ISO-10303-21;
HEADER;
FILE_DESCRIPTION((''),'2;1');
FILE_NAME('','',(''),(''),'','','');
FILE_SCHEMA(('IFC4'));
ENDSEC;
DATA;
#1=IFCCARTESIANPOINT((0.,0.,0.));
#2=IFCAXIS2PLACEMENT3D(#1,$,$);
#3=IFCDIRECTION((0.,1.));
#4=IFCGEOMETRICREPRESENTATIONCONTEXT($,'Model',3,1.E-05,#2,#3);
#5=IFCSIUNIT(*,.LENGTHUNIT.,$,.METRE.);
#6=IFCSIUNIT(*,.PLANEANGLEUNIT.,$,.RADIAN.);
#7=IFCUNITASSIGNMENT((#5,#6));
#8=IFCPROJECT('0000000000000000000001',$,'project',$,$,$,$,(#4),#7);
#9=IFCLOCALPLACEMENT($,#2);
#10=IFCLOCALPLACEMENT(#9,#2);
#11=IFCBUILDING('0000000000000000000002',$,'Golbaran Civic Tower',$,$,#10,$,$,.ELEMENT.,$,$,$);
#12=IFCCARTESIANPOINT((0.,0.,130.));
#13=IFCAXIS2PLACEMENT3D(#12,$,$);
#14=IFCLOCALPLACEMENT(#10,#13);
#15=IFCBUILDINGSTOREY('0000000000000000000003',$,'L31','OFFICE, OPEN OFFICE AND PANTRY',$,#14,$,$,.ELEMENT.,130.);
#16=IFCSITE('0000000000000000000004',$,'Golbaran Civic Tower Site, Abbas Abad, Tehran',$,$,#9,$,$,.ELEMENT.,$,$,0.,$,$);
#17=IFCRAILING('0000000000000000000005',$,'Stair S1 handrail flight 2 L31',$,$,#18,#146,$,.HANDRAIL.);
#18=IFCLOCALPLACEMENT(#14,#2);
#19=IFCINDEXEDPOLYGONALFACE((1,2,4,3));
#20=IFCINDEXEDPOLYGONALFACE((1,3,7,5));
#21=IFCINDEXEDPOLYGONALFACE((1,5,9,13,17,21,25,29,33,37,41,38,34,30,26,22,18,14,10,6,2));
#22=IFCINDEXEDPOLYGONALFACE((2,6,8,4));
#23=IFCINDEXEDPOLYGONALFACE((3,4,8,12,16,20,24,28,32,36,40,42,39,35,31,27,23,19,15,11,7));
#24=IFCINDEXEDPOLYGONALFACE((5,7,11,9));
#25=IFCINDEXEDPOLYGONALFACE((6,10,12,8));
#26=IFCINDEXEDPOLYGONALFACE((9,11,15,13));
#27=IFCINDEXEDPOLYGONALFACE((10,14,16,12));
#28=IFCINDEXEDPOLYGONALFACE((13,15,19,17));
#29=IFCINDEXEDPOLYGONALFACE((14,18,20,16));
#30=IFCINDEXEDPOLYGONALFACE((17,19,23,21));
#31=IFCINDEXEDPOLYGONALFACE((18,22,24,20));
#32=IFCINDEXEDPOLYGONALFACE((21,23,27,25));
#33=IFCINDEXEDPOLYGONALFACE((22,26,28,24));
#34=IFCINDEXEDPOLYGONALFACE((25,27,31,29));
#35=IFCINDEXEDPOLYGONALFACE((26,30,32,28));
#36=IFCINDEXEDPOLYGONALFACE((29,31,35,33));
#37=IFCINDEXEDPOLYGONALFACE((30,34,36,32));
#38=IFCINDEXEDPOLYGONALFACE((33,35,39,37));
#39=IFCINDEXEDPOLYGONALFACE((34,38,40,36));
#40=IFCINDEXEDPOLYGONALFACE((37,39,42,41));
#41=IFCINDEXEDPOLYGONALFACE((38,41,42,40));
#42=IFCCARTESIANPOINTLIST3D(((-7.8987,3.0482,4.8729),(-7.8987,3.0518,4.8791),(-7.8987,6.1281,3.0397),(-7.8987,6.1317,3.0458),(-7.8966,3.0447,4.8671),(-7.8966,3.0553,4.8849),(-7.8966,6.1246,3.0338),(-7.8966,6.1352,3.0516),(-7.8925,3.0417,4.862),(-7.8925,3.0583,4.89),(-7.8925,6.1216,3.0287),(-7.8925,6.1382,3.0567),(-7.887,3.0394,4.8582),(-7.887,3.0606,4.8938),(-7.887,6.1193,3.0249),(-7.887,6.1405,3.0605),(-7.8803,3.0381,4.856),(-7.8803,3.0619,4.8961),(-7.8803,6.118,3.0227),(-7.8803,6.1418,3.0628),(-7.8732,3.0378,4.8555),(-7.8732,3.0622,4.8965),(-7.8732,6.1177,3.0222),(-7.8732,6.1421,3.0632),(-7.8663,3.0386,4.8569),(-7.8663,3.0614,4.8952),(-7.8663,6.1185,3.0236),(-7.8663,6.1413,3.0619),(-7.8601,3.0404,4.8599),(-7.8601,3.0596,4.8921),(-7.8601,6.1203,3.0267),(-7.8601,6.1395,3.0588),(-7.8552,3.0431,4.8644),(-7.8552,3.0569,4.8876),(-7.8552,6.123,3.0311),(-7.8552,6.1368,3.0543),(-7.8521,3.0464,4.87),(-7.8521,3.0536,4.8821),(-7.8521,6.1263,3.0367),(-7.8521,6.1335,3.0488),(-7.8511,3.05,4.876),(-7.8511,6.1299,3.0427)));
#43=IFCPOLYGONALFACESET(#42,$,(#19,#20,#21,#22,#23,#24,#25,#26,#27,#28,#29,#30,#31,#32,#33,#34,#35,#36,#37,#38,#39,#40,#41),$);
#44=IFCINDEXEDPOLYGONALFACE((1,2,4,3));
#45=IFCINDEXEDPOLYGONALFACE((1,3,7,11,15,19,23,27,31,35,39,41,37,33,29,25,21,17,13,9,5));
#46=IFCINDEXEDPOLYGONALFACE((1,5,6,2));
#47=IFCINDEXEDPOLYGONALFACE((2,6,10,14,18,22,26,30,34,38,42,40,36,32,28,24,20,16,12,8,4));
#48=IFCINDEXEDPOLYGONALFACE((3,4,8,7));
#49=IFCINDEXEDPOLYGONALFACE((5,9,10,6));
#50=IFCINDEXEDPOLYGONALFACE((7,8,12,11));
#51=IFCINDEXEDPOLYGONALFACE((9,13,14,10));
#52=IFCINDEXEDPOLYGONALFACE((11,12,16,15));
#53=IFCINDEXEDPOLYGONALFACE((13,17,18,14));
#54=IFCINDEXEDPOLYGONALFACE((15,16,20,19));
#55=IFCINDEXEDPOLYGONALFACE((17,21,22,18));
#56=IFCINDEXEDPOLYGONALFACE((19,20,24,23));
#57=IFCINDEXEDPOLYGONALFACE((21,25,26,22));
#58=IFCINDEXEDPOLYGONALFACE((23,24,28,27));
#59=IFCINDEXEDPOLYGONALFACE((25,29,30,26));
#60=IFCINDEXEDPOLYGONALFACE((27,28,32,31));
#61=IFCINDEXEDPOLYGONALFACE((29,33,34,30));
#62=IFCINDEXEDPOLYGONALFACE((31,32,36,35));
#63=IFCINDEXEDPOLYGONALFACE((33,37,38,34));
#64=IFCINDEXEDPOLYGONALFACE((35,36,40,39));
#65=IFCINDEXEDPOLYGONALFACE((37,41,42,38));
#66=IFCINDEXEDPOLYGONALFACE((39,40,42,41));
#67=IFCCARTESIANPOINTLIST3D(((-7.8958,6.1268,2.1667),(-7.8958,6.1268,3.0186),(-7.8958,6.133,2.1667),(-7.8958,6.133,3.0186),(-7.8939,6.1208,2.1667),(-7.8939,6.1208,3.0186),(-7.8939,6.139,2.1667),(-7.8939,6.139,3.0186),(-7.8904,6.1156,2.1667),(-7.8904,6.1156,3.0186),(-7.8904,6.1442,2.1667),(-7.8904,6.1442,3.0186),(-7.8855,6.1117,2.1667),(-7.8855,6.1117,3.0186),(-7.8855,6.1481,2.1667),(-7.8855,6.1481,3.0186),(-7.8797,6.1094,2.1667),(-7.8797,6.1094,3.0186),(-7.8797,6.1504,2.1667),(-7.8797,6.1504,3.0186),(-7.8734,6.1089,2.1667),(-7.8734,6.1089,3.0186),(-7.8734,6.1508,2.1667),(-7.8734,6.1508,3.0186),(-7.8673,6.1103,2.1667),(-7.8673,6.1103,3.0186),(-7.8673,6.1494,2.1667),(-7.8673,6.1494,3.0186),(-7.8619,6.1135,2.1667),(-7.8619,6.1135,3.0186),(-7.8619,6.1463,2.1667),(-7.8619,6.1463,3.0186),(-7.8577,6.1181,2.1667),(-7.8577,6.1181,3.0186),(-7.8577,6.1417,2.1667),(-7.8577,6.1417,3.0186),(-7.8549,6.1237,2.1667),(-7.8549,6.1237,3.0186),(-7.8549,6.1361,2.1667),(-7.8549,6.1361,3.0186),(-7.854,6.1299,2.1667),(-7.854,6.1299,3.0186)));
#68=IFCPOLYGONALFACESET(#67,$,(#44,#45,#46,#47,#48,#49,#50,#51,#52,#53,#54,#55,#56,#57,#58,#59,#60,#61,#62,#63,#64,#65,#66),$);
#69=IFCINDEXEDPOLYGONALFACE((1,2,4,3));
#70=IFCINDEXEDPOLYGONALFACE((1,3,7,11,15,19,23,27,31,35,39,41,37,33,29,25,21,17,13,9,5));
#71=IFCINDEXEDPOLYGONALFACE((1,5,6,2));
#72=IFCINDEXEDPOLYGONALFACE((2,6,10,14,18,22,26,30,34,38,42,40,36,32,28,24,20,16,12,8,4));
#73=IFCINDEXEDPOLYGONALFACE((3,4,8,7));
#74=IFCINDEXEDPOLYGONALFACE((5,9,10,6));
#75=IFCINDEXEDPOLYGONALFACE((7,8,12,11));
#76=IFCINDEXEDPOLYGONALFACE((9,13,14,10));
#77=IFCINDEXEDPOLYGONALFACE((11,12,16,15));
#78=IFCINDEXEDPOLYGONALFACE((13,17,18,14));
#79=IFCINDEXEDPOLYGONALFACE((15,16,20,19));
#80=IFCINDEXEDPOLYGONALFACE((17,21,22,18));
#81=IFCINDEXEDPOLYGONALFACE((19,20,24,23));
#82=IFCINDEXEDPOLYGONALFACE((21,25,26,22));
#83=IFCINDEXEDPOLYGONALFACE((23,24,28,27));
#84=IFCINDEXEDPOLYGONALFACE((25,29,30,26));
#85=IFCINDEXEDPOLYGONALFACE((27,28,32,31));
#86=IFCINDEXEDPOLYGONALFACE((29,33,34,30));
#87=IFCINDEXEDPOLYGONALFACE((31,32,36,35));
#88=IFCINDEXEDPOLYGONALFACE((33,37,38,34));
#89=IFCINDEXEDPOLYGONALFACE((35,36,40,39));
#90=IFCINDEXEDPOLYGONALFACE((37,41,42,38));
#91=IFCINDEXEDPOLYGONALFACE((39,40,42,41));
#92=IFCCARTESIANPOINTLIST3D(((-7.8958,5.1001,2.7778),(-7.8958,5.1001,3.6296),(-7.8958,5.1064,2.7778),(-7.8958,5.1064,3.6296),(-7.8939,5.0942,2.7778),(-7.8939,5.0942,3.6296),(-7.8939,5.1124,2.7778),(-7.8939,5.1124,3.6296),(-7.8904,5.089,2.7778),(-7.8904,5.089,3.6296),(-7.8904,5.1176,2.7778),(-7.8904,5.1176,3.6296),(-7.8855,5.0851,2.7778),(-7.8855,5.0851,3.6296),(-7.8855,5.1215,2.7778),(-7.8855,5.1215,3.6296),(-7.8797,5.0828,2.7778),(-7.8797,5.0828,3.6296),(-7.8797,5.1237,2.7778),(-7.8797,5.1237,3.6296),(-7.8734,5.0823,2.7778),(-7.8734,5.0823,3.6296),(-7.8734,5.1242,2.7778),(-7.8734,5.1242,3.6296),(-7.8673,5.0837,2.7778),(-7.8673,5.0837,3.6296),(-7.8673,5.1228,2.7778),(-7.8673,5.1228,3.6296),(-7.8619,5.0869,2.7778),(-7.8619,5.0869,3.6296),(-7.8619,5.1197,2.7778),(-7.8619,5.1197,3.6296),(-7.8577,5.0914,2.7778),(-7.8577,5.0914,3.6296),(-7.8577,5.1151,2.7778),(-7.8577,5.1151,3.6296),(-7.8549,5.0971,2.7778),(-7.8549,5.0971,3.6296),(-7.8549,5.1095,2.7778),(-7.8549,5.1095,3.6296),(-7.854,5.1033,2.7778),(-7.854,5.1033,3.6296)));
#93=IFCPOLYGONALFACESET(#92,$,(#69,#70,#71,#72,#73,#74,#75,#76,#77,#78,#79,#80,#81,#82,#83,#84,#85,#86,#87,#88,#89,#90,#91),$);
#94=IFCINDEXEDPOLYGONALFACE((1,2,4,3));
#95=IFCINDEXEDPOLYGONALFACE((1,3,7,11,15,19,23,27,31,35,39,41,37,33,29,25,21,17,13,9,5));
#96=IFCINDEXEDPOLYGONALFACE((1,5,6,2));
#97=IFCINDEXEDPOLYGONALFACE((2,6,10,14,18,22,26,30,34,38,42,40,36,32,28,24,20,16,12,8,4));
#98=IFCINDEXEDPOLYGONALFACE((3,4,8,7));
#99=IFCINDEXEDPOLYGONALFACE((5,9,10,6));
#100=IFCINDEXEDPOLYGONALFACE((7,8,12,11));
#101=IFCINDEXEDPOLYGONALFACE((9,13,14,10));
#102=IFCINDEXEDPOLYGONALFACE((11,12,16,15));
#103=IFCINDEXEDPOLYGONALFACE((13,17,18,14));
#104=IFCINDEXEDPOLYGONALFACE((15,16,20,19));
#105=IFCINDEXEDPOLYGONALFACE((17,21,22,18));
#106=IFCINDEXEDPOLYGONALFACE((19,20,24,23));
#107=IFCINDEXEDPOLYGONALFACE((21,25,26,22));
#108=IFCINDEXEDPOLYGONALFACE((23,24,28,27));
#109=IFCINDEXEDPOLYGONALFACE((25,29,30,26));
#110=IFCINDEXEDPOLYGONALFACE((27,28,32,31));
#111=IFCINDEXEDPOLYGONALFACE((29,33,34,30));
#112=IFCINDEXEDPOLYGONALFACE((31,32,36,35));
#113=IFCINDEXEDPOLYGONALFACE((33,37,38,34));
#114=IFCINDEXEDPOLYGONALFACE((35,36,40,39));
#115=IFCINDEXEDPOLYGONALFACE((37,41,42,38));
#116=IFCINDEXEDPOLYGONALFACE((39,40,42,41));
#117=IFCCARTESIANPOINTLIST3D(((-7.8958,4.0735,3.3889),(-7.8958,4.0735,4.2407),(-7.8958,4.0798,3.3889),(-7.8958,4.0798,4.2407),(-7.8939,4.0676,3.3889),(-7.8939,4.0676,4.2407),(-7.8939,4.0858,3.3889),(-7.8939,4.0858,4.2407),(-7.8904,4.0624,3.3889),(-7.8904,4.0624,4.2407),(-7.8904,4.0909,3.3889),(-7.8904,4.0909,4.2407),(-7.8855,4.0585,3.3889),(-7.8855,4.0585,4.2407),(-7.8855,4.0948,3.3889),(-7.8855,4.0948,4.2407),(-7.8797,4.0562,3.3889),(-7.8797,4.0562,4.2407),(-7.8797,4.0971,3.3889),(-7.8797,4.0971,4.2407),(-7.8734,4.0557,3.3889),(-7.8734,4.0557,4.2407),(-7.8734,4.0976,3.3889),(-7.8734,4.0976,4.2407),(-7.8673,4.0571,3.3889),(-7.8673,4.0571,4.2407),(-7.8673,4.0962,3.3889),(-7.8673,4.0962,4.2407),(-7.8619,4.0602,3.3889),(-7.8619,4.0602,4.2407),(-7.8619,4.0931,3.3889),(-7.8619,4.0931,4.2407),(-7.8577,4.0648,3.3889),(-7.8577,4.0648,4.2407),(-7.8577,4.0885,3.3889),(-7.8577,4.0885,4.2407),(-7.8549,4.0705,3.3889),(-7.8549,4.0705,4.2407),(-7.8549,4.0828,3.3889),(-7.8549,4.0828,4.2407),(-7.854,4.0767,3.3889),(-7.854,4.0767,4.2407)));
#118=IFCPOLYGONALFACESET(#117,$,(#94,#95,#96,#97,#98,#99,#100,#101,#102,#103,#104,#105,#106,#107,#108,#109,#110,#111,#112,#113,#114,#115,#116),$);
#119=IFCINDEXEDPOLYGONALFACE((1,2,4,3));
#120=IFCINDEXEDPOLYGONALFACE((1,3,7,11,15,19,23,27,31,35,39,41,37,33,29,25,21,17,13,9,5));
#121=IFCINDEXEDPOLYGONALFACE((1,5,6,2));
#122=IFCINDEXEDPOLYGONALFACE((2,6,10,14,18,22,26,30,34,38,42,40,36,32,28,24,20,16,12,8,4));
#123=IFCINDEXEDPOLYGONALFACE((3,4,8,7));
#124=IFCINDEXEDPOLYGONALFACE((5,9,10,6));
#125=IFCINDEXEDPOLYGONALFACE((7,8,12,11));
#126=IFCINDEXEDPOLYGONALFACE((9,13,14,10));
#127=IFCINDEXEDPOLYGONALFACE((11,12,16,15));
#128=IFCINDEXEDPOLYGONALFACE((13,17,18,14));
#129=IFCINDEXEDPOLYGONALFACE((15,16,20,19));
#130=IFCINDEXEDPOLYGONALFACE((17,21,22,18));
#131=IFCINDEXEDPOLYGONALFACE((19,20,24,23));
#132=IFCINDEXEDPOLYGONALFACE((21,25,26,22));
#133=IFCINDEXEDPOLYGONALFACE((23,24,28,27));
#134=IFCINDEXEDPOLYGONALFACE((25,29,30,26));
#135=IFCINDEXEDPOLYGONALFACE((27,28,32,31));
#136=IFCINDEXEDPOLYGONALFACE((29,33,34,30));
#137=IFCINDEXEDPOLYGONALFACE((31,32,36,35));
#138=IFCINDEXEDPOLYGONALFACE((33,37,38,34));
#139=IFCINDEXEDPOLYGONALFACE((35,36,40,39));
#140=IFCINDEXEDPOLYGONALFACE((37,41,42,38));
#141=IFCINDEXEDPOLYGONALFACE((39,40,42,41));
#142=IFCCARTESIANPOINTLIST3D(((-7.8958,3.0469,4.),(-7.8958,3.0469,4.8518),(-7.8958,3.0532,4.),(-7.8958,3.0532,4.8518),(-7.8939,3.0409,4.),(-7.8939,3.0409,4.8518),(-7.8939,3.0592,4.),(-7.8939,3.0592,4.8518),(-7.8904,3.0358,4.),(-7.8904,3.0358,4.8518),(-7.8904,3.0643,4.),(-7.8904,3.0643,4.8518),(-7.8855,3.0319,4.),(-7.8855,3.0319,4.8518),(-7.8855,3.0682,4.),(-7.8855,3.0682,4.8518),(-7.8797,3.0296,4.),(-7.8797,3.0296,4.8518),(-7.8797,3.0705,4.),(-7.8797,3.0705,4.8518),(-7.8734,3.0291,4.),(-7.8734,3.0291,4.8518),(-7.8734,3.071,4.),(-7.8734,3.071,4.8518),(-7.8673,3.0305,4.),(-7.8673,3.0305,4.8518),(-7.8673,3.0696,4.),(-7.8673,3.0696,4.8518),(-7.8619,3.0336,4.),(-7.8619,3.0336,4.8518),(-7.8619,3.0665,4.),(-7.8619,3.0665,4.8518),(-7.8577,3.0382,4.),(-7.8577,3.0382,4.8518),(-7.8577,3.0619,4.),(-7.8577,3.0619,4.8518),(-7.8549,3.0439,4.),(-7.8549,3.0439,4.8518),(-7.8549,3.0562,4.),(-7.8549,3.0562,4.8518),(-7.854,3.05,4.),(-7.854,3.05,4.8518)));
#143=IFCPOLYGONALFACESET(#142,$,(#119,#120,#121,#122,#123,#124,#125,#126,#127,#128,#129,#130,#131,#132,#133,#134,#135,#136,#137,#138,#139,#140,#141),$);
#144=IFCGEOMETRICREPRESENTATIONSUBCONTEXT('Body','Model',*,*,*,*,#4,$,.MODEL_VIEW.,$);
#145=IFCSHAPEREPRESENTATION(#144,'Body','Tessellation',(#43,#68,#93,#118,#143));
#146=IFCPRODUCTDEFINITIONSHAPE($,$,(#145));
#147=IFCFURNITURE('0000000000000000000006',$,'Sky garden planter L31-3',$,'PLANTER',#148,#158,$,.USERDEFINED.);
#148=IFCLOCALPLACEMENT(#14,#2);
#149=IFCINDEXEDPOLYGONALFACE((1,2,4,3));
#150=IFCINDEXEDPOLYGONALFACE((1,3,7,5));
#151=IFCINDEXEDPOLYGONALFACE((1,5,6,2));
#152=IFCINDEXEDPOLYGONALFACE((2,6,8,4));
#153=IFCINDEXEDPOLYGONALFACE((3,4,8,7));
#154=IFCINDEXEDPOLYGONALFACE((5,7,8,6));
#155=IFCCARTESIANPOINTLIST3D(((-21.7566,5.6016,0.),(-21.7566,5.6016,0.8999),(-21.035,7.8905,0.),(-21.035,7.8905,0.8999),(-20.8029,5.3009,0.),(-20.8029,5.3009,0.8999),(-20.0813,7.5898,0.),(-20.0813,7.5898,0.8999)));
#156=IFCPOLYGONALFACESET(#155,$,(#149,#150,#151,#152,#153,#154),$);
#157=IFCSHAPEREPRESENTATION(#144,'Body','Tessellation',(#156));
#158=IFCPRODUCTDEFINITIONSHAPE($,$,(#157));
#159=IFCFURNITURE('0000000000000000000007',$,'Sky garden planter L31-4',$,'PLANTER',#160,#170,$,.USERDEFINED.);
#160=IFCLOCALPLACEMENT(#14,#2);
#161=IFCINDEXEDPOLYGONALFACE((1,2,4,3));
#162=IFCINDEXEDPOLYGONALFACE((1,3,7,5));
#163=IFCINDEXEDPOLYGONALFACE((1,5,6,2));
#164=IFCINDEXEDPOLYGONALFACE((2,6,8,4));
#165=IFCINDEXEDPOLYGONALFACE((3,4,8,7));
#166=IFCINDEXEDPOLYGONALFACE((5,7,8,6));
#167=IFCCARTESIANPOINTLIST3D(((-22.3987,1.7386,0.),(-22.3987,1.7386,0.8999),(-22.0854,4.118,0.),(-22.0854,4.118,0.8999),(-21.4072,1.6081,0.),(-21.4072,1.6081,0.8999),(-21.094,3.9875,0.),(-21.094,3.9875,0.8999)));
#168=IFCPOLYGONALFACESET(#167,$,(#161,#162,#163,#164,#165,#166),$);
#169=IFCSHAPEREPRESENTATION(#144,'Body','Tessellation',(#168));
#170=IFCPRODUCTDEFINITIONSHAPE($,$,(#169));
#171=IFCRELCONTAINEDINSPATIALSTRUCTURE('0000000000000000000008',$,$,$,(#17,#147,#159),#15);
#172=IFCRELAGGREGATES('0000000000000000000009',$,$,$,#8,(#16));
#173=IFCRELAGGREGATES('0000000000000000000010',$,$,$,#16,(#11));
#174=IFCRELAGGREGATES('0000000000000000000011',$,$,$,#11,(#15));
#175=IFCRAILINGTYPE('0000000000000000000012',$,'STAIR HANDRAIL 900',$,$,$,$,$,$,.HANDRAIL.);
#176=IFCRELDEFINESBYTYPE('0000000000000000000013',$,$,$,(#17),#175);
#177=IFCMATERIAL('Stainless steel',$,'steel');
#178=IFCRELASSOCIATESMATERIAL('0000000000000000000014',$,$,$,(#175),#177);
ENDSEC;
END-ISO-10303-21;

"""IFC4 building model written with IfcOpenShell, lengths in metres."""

from ifc_helpers import new_model, si_unit, direction, frame, origin, origin_2d, place, context, subcontext, project, spatial, rectangle, circle, extrude, material, type_object, element, save


model = new_model("IFC4")

# Units and contexts
model_context = context("Model", 3, precision=1e-05, world=origin(), true_north=direction((0.0, 1.0)))
body_context = subcontext(model_context, "Body", "Model", "MODEL_VIEW")
ifc_project = project(units=[si_unit("LENGTHUNIT", "METRE"), si_unit("PLANEANGLEUNIT", "RADIAN")], contexts=[model_context])

# Site, building, storey
site_placement = place(None, origin())
site = spatial("IfcSite", under=ifc_project, at=site_placement, Name="Golbaran Civic Tower Site, Abbas Abad, Tehran", CompositionType="ELEMENT", RefElevation=0.0)
building_placement = place(site_placement, origin())
building = spatial("IfcBuilding", under=site, at=building_placement, Name="Golbaran Civic Tower", CompositionType="ELEMENT")
storey_placement = place(building_placement, frame((0.0, 0.0, 130.0)))
storey = spatial("IfcBuildingStorey", under=building, at=storey_placement, Name="L31", Description="OFFICE, OPEN OFFICE AND PANTRY", CompositionType="ELEMENT", Elevation=130.0)

# Shared definitions
ifc_material_1 = material(Name="Stainless steel", Category="steel")

# Railing
railing_type = type_object("IfcRailingType", Name="STAIR HANDRAIL 900", PredefinedType="HANDRAIL", material=ifc_material_1)
railing_1_placement = place(storey_placement, frame((-7.875, 6.1299, 2.1667)))
element("IfcRailing", 1, at=railing_1_placement, inside=storey, type_object=railing_type, Name="Stair S1 handrail flight 2 L31", PredefinedType="HANDRAIL", context=body_context, shape_type="SweptSolid", body=[
    extrude(circle(Radius=0.0239, at=origin_2d()), frame((0.0, 0.0, 0.876), z_axis=(0.0, -0.859291, 0.511487), x_axis=(1.0, 0.0, 0.0)), (0.0, 0.0, 1.0), 3.5842),
    extrude(circle(Radius=0.021, at=origin_2d()), origin(), (0.0, 0.0, 1.0), 0.8518),
    extrude(circle(Radius=0.021, at=origin_2d()), frame((0.0, -1.0266, 0.6111)), (0.0, 0.0, 1.0), 0.8518),
    extrude(circle(Radius=0.021, at=origin_2d()), frame((0.0, -2.0532, 1.2222)), (0.0, 0.0, 1.0), 0.8518),
    extrude(circle(Radius=0.021, at=origin_2d()), frame((0.0, -3.0798, 1.8333)), (0.0, 0.0, 1.0), 0.8518),
])

# Furniture
for number, where, z_axis, x_axis, name in (
    (2, (-20.9189, 6.5957, 0.0), (0.0, 0.0, 1.0), (-0.300706, -0.953717, 0.0), "Sky garden planter L31-3"),
    (3, (-21.7463, 2.863, 0.0), (0.0, 0.0, 1.0), (-0.130526, -0.991445, 0.0), "Sky garden planter L31-4"),
):
    element("IfcFurniture", number, at=place(storey_placement, frame(where, z_axis=z_axis, x_axis=x_axis)), inside=storey, Name=name, ObjectType="PLANTER", PredefinedType="USERDEFINED", context=body_context, shape_type="SweptSolid", body=[
        extrude(rectangle(XDim=2.3999, YDim=1.0, at=origin_2d()), origin(), (0.0, 0.0, 1.0), 0.8999),
    ])

save(model, "model.ifc")
